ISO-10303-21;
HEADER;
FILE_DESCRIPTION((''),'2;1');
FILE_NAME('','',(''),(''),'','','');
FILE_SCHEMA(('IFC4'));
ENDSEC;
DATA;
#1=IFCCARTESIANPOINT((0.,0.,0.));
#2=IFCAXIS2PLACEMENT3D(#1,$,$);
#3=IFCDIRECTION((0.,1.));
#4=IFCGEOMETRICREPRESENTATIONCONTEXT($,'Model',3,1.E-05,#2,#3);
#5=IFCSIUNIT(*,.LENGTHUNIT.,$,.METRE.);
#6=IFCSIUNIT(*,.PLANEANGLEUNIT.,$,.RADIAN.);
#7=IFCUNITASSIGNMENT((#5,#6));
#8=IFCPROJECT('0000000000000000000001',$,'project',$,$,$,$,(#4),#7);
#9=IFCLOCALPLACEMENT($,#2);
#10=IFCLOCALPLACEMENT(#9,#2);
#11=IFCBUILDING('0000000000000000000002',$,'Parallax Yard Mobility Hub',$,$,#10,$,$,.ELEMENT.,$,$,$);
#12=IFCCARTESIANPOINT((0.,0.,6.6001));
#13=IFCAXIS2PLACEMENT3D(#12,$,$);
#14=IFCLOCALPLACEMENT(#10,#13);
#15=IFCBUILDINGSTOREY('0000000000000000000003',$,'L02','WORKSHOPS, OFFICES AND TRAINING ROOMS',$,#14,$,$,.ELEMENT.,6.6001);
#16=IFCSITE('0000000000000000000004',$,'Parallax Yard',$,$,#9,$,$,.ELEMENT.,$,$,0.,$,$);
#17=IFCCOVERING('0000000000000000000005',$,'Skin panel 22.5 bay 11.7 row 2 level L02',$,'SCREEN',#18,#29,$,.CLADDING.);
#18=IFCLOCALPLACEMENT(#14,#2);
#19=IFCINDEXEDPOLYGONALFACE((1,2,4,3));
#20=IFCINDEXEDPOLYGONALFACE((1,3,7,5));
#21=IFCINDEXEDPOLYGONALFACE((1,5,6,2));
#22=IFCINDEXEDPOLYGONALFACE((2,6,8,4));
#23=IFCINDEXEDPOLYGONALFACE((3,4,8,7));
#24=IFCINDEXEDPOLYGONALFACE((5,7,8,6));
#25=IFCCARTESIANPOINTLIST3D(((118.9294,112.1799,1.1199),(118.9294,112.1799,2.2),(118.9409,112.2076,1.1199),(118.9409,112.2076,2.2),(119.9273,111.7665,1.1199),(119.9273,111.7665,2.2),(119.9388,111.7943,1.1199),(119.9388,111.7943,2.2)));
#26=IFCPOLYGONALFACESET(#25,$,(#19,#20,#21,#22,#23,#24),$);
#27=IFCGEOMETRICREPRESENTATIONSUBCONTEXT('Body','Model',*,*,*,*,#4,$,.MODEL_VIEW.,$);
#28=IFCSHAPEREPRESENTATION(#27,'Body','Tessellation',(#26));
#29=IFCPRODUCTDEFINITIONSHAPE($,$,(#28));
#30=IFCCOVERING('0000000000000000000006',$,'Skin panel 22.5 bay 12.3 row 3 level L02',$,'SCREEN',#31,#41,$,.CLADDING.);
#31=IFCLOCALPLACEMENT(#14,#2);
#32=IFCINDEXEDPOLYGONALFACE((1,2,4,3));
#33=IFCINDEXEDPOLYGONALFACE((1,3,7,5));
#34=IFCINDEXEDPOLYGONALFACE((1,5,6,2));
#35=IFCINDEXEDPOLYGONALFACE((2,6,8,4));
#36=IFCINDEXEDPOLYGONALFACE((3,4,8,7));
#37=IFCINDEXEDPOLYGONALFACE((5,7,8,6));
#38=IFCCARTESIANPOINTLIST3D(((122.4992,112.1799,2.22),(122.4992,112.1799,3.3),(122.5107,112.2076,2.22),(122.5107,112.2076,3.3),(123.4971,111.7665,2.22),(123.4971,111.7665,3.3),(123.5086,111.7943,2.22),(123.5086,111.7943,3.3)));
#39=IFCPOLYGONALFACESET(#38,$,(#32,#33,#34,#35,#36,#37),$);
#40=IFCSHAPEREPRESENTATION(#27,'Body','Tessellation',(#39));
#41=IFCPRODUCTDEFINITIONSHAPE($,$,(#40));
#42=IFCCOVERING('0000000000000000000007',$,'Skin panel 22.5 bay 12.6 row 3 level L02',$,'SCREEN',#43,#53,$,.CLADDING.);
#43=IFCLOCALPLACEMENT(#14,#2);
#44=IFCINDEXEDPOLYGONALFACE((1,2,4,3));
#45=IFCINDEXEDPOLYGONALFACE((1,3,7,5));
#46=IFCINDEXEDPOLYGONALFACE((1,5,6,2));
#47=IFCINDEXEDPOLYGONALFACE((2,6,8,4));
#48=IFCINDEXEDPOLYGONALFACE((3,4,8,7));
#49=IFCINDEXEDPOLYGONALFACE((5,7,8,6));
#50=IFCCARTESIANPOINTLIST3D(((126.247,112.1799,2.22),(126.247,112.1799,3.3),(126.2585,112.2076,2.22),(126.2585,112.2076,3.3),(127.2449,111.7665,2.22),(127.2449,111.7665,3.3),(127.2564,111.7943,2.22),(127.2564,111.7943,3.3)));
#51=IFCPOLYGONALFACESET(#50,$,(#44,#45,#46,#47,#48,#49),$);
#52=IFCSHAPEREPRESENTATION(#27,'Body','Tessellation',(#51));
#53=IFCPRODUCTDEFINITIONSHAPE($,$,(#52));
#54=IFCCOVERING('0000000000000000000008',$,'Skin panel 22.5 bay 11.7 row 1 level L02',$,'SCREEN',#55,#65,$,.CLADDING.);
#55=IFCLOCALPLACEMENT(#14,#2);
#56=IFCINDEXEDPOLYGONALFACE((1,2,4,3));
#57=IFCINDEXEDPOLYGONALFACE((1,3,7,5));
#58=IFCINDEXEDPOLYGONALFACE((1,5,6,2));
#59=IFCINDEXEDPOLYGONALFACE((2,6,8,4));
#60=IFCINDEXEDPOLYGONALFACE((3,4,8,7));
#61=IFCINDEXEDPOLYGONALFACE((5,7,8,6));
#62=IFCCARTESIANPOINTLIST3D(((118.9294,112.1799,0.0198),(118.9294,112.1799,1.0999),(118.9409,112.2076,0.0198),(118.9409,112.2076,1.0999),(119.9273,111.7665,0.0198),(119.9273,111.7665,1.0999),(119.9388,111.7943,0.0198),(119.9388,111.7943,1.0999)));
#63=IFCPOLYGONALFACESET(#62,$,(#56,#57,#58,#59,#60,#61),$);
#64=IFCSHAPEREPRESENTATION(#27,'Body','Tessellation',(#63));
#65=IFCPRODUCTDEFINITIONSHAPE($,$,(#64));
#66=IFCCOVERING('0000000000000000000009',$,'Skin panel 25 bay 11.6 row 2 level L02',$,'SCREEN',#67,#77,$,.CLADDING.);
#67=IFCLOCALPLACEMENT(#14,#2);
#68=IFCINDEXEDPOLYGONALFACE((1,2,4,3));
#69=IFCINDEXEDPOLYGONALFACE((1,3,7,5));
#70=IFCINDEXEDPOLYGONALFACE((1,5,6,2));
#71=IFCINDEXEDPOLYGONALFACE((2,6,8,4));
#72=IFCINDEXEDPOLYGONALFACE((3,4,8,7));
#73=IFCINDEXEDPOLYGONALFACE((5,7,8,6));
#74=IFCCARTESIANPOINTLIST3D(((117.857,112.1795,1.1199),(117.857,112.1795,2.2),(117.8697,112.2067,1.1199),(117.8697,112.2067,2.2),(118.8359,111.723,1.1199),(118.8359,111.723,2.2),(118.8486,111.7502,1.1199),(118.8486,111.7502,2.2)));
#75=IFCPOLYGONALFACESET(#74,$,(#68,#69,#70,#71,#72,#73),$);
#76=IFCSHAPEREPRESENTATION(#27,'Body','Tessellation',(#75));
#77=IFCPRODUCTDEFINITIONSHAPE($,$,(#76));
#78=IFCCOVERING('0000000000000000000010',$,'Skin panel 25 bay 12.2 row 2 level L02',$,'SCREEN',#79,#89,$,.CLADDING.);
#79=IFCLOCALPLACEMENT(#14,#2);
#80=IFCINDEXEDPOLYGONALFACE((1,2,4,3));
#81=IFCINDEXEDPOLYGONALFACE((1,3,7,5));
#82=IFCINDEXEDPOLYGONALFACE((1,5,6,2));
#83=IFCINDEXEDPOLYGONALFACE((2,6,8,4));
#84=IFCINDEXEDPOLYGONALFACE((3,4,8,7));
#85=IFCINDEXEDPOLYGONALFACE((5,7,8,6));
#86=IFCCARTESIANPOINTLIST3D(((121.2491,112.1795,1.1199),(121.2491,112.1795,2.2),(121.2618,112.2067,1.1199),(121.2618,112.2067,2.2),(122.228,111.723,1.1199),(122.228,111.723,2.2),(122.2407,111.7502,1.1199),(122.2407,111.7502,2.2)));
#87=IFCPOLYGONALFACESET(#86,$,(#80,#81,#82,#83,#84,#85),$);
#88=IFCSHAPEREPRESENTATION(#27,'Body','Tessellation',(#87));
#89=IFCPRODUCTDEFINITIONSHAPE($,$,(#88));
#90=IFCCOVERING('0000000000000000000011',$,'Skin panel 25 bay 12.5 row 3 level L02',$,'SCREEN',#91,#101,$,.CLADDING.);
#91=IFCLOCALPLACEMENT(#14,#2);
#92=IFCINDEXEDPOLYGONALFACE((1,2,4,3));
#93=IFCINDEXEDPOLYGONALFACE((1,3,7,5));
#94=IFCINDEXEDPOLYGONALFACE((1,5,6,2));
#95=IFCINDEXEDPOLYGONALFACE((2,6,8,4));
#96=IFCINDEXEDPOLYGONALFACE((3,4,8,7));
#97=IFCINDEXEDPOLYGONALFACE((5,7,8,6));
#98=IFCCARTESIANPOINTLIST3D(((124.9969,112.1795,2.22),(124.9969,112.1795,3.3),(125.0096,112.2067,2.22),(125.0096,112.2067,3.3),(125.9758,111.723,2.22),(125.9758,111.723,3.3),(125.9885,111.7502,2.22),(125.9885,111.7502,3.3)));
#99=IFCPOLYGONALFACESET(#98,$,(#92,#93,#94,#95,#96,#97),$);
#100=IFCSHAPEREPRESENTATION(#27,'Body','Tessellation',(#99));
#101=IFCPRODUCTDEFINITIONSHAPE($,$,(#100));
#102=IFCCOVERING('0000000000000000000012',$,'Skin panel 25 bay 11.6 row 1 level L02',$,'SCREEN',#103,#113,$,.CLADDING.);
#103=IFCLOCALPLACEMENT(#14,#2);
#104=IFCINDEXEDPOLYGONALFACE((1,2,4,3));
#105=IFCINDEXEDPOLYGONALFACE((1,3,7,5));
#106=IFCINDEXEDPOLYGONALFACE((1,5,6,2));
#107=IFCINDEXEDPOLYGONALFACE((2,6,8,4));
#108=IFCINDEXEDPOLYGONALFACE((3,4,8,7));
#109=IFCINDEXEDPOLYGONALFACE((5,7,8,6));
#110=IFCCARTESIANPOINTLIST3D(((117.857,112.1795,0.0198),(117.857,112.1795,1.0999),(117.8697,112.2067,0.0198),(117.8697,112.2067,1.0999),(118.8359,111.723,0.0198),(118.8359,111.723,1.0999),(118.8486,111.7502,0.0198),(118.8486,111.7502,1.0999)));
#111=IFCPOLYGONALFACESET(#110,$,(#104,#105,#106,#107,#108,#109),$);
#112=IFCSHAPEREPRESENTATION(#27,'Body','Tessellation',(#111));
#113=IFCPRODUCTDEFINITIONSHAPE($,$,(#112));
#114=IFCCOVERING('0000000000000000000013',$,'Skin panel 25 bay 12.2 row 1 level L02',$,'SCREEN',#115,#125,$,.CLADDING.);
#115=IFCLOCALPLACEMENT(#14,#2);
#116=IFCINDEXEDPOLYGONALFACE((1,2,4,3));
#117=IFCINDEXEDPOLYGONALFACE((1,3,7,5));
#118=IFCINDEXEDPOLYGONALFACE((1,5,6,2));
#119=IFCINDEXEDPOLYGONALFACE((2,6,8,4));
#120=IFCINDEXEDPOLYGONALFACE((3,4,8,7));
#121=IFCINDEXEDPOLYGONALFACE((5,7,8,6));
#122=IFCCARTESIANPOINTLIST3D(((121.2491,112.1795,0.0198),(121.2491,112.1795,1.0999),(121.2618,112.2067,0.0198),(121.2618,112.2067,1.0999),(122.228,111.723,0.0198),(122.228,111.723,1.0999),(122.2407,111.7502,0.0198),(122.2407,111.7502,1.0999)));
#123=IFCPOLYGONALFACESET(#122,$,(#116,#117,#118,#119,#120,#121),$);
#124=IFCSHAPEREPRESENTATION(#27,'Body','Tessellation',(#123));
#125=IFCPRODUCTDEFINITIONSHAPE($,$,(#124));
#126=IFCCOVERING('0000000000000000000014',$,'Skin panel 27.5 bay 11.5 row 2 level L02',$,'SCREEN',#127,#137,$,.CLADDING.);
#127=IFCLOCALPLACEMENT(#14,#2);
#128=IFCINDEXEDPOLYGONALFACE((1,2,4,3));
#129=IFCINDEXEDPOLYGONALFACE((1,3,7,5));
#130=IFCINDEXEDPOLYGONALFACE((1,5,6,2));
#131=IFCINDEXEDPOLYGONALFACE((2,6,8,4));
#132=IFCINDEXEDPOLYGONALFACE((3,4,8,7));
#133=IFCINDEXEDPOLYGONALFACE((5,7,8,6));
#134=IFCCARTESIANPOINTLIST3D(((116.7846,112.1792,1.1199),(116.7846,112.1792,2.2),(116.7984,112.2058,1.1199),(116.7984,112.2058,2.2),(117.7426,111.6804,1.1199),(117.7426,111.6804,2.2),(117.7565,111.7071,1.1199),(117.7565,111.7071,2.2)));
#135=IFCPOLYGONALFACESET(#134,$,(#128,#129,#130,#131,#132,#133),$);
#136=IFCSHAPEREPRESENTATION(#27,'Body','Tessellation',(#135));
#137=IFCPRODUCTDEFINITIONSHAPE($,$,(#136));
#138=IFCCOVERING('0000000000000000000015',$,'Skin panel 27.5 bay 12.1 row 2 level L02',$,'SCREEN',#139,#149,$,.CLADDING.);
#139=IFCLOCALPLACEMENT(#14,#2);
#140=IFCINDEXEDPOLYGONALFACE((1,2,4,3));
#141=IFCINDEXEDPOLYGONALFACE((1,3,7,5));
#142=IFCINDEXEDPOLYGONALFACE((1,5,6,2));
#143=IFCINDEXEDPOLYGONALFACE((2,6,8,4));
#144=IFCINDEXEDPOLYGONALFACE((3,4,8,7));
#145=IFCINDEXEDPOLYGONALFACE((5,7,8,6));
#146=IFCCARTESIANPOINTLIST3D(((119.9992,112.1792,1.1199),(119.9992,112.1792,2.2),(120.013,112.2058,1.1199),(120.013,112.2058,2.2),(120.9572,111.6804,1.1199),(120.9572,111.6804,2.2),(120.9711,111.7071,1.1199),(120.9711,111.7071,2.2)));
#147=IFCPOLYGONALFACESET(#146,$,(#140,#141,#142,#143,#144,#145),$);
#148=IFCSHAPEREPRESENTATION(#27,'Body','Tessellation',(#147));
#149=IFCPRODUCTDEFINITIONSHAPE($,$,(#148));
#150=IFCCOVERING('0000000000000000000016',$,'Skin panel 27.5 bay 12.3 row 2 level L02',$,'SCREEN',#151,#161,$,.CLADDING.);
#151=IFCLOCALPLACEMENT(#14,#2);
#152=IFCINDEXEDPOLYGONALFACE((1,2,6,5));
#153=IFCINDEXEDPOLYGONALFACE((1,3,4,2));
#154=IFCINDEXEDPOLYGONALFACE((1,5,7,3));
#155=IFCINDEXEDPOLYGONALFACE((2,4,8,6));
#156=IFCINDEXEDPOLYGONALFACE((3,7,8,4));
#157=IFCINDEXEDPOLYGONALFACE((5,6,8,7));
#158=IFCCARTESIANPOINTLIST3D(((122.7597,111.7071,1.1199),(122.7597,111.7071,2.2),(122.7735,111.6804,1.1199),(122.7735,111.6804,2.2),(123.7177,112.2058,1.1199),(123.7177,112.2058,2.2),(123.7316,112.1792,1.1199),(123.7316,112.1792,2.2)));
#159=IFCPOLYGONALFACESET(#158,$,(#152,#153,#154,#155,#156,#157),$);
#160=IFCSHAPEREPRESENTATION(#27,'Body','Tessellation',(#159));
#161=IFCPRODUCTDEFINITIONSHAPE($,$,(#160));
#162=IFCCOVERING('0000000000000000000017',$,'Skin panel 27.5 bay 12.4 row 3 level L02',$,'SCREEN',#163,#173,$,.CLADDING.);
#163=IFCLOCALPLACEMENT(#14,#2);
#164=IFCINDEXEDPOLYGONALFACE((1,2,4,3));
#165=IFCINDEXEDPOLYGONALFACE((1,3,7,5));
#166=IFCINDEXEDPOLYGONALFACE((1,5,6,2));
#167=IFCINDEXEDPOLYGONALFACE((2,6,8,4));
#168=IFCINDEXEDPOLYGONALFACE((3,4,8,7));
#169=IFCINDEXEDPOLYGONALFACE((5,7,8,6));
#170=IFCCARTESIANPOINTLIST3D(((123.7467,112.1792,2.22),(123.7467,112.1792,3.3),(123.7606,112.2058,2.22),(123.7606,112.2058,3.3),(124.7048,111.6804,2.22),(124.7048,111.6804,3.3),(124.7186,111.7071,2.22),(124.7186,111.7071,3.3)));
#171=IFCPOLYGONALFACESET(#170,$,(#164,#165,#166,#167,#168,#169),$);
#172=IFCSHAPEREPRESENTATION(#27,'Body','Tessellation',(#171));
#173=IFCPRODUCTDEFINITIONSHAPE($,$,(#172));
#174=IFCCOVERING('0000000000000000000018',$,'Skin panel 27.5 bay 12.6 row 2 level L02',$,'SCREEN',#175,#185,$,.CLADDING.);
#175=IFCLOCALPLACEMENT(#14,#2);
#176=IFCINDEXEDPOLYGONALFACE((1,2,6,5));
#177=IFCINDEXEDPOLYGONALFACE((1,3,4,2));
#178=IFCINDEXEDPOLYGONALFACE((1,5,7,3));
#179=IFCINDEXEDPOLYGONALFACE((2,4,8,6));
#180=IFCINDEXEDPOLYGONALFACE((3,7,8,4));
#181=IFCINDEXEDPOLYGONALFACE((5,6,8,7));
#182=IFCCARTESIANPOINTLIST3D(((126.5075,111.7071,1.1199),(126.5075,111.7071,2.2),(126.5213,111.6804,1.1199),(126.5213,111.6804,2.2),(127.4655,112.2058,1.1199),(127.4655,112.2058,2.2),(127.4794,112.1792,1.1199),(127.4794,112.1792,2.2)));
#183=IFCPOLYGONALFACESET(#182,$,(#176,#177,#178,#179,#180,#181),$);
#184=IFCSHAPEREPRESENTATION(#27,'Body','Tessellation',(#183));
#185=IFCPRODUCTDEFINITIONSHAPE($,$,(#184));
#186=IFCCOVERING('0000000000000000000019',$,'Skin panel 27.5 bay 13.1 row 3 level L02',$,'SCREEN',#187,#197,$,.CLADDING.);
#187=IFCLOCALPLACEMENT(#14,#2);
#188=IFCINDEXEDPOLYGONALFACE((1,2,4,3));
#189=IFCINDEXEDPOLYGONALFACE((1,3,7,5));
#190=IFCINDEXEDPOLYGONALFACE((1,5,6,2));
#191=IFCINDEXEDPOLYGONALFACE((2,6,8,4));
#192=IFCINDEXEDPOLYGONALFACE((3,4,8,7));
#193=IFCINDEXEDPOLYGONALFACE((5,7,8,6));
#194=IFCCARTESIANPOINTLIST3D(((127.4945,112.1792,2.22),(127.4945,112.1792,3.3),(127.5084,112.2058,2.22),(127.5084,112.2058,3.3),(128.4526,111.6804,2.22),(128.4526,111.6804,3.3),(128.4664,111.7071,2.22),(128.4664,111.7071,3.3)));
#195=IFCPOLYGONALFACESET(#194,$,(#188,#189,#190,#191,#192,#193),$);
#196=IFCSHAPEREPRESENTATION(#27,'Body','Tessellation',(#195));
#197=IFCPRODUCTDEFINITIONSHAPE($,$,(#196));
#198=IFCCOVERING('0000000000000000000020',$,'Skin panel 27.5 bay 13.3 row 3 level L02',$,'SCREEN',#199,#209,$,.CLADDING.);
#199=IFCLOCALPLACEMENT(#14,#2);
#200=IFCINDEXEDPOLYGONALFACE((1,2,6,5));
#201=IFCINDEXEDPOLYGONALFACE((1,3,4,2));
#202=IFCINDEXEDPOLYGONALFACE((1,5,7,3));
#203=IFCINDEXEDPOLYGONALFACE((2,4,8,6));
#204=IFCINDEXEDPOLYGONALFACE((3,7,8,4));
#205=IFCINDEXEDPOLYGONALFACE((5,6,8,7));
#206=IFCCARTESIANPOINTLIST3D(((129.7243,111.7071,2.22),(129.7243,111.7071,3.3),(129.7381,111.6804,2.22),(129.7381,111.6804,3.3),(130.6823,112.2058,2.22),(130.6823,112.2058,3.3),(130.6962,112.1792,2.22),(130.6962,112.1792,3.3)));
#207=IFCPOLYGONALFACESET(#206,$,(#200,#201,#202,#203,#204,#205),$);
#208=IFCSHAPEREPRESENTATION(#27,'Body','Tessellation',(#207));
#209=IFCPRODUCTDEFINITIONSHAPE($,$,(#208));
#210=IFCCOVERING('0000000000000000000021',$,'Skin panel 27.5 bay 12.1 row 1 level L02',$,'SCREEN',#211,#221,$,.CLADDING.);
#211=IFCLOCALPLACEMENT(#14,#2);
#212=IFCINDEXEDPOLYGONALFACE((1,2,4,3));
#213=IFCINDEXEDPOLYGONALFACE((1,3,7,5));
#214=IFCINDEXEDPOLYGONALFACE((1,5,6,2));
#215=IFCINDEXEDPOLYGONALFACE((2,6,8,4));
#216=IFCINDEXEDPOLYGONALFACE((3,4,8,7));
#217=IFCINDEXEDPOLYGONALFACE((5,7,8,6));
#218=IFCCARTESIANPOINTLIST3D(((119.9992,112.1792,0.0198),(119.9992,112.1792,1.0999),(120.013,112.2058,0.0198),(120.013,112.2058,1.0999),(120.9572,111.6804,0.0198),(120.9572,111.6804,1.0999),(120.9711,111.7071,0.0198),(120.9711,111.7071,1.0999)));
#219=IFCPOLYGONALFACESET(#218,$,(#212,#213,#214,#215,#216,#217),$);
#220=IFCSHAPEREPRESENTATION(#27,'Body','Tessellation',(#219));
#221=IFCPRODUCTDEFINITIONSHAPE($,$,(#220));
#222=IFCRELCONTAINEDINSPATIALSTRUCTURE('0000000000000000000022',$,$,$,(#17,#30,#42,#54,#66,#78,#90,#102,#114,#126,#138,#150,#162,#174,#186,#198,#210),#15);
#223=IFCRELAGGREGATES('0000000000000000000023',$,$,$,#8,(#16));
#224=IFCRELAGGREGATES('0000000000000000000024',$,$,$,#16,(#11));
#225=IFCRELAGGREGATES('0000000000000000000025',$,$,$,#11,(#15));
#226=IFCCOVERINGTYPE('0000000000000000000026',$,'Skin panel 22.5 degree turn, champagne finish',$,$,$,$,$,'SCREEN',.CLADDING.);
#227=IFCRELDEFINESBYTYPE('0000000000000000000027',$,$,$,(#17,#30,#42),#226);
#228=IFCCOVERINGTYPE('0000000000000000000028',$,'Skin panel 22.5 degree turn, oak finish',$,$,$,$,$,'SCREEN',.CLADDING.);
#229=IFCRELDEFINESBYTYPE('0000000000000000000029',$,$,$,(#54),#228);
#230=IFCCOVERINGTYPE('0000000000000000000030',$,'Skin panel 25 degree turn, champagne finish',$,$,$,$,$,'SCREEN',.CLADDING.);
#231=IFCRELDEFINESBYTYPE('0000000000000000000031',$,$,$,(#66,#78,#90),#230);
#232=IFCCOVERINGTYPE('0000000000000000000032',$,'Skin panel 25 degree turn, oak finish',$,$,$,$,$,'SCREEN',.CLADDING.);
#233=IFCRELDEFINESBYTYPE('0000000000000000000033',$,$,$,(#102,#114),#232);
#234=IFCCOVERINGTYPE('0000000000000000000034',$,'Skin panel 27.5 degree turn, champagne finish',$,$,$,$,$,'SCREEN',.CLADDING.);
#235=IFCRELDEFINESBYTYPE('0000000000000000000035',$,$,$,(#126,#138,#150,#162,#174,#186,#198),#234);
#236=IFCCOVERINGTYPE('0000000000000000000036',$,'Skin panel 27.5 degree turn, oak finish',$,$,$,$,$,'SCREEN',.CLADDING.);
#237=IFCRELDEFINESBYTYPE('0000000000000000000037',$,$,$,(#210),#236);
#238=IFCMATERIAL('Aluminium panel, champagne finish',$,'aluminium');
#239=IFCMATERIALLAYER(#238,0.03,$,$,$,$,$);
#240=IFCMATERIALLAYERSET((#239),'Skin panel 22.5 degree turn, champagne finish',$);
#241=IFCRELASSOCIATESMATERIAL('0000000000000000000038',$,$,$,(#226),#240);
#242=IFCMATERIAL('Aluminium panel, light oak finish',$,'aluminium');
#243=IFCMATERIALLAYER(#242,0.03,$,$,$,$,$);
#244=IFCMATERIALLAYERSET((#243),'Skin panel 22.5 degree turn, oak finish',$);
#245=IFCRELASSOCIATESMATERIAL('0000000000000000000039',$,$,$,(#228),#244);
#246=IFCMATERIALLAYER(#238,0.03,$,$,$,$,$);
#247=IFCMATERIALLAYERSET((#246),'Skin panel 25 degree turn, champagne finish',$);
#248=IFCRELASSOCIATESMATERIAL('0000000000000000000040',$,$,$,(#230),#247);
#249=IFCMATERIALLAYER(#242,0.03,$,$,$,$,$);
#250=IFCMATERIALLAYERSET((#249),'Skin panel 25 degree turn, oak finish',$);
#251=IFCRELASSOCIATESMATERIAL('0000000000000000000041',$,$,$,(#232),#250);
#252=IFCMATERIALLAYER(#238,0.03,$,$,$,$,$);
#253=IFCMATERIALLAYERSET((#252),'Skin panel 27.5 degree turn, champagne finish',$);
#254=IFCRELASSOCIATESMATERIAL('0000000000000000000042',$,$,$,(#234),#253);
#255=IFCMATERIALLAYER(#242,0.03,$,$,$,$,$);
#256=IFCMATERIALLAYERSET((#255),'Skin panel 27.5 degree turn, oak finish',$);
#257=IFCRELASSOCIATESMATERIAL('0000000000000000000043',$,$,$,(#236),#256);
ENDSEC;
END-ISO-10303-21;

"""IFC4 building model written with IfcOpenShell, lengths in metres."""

from ifc_helpers import new_model, si_unit, direction, frame, origin, origin_2d, place, context, subcontext, project, spatial, rectangle, extrude, material, layer, layer_set, type_object, element, save


model = new_model("IFC4")

# Units and contexts
model_context = context("Model", 3, precision=1e-05, world=origin(), true_north=direction((0.0, 1.0)))
body_context = subcontext(model_context, "Body", "Model", "MODEL_VIEW")
ifc_project = project(units=[si_unit("LENGTHUNIT", "METRE"), si_unit("PLANEANGLEUNIT", "RADIAN")], contexts=[model_context])

# Site, building, storey
site_placement = place(None, origin())
site = spatial("IfcSite", under=ifc_project, at=site_placement, Name="Parallax Yard", CompositionType="ELEMENT", RefElevation=0.0)
building_placement = place(site_placement, origin())
building = spatial("IfcBuilding", under=site, at=building_placement, Name="Parallax Yard Mobility Hub", CompositionType="ELEMENT")
storey_placement = place(building_placement, frame((0.0, 0.0, 6.6001)))
storey = spatial("IfcBuildingStorey", under=building, at=storey_placement, Name="L02", Description="WORKSHOPS, OFFICES AND TRAINING ROOMS", CompositionType="ELEMENT", Elevation=6.6001)

# Coverings
ifc_material_1 = material(Name="Aluminium panel, champagne finish", Category="aluminium")
ifc_layer_1 = layer(ifc_material_1, 0.03)
ifc_layer_set_1 = layer_set([ifc_layer_1], Name="Skin panel 22.5 degree turn, champagne finish")
covering_type_1 = type_object("IfcCoveringType", Name="Skin panel 22.5 degree turn, champagne finish", ElementType="SCREEN", PredefinedType="CLADDING", material=ifc_layer_set_1)
for number, where, z_axis, x_axis, name in (
    (1, (119.4341, 111.9871, 1.1199), (0.0, 0.0, 1.0), (0.92388, -0.382683, 0.0), "Skin panel 22.5 bay 11.7 row 2 level L02"),
    (2, (123.0039, 111.9871, 2.22), (0.0, 0.0, 1.0), (0.92388, -0.382683, 0.0), "Skin panel 22.5 bay 12.3 row 3 level L02"),
    (3, (126.7517, 111.9871, 2.22), (0.0, 0.0, 1.0), (0.92388, -0.382683, 0.0), "Skin panel 22.5 bay 12.6 row 3 level L02"),
):
    element("IfcCovering", number, at=place(storey_placement, frame(where, z_axis=z_axis, x_axis=x_axis)), inside=storey, type_object=covering_type_1, Name=name, ObjectType="SCREEN", PredefinedType="CLADDING", context=body_context, shape_type="SweptSolid", body=[
        extrude(rectangle(XDim=1.0801, YDim=0.03, at=origin_2d()), origin(), (0.0, 0.0, 1.0), 1.0801),
    ])
ifc_material_2 = material(Name="Aluminium panel, light oak finish", Category="aluminium")
ifc_layer_2 = layer(ifc_material_2, 0.03)
ifc_layer_set_2 = layer_set([ifc_layer_2], Name="Skin panel 22.5 degree turn, oak finish")
covering_type_2 = type_object("IfcCoveringType", Name="Skin panel 22.5 degree turn, oak finish", ElementType="SCREEN", PredefinedType="CLADDING", material=ifc_layer_set_2)
covering_placement = place(storey_placement, frame((119.4341, 111.9871, 0.0198), z_axis=(0.0, 0.0, 1.0), x_axis=(0.92388, -0.382683, 0.0)))
element("IfcCovering", 4, at=covering_placement, inside=storey, type_object=covering_type_2, Name="Skin panel 22.5 bay 11.7 row 1 level L02", ObjectType="SCREEN", PredefinedType="CLADDING", context=body_context, shape_type="SweptSolid", body=[
    extrude(rectangle(XDim=1.0801, YDim=0.03, at=origin_2d()), origin(), (0.0, 0.0, 1.0), 1.0801),
])
ifc_layer_3 = layer(ifc_material_1, 0.03)
ifc_layer_set_3 = layer_set([ifc_layer_3], Name="Skin panel 25 degree turn, champagne finish")
covering_type_3 = type_object("IfcCoveringType", Name="Skin panel 25 degree turn, champagne finish", ElementType="SCREEN", PredefinedType="CLADDING", material=ifc_layer_set_3)
for number, where, z_axis, x_axis, name in (
    (5, (118.3528, 111.9648, 1.1199), (0.0, 0.0, 1.0), (0.906308, -0.422618, 0.0), "Skin panel 25 bay 11.6 row 2 level L02"),
    (6, (121.7449, 111.9648, 1.1199), (0.0, 0.0, 1.0), (0.906308, -0.422618, 0.0), "Skin panel 25 bay 12.2 row 2 level L02"),
    (7, (125.4927, 111.9648, 2.22), (0.0, 0.0, 1.0), (0.906308, -0.422618, 0.0), "Skin panel 25 bay 12.5 row 3 level L02"),
):
    element("IfcCovering", number, at=place(storey_placement, frame(where, z_axis=z_axis, x_axis=x_axis)), inside=storey, type_object=covering_type_3, Name=name, ObjectType="SCREEN", PredefinedType="CLADDING", context=body_context, shape_type="SweptSolid", body=[
        extrude(rectangle(XDim=1.0801, YDim=0.03, at=origin_2d()), origin(), (0.0, 0.0, 1.0), 1.0801),
    ])
ifc_layer_4 = layer(ifc_material_2, 0.03)
ifc_layer_set_4 = layer_set([ifc_layer_4], Name="Skin panel 25 degree turn, oak finish")
covering_type_4 = type_object("IfcCoveringType", Name="Skin panel 25 degree turn, oak finish", ElementType="SCREEN", PredefinedType="CLADDING", material=ifc_layer_set_4)
for number, where, z_axis, x_axis, name in (
    (8, (118.3528, 111.9648, 0.0198), (0.0, 0.0, 1.0), (0.906308, -0.422618, 0.0), "Skin panel 25 bay 11.6 row 1 level L02"),
    (9, (121.7449, 111.9648, 0.0198), (0.0, 0.0, 1.0), (0.906308, -0.422618, 0.0), "Skin panel 25 bay 12.2 row 1 level L02"),
):
    element("IfcCovering", number, at=place(storey_placement, frame(where, z_axis=z_axis, x_axis=x_axis)), inside=storey, type_object=covering_type_4, Name=name, ObjectType="SCREEN", PredefinedType="CLADDING", context=body_context, shape_type="SweptSolid", body=[
        extrude(rectangle(XDim=1.0801, YDim=0.03, at=origin_2d()), origin(), (0.0, 0.0, 1.0), 1.0801),
    ])
ifc_layer_5 = layer(ifc_material_1, 0.03)
ifc_layer_set_5 = layer_set([ifc_layer_5], Name="Skin panel 27.5 degree turn, champagne finish")
covering_type_5 = type_object("IfcCoveringType", Name="Skin panel 27.5 degree turn, champagne finish", ElementType="SCREEN", PredefinedType="CLADDING", material=ifc_layer_set_5)
for number, where, z_axis, x_axis, name in (
    (10, (117.2705, 111.9431, 1.1199), (0.0, 0.0, 1.0), (0.887011, -0.461749, 0.0), "Skin panel 27.5 bay 11.5 row 2 level L02"),
    (11, (120.4851, 111.9431, 1.1199), (0.0, 0.0, 1.0), (0.887011, -0.461749, 0.0), "Skin panel 27.5 bay 12.1 row 2 level L02"),
    (12, (123.2456, 111.9431, 1.1199), (0.0, 0.0, 1.0), (-0.887011, -0.461749, 0.0), "Skin panel 27.5 bay 12.3 row 2 level L02"),
    (13, (124.2327, 111.9431, 2.22), (0.0, 0.0, 1.0), (0.887011, -0.461749, 0.0), "Skin panel 27.5 bay 12.4 row 3 level L02"),
    (14, (126.9934, 111.9431, 1.1199), (0.0, 0.0, 1.0), (-0.887011, -0.461749, 0.0), "Skin panel 27.5 bay 12.6 row 2 level L02"),
    (15, (127.9805, 111.9431, 2.22), (0.0, 0.0, 1.0), (0.887011, -0.461749, 0.0), "Skin panel 27.5 bay 13.1 row 3 level L02"),
    (16, (130.2102, 111.9431, 2.22), (0.0, 0.0, 1.0), (-0.887011, -0.461749, 0.0), "Skin panel 27.5 bay 13.3 row 3 level L02"),
):
    element("IfcCovering", number, at=place(storey_placement, frame(where, z_axis=z_axis, x_axis=x_axis)), inside=storey, type_object=covering_type_5, Name=name, ObjectType="SCREEN", PredefinedType="CLADDING", context=body_context, shape_type="SweptSolid", body=[
        extrude(rectangle(XDim=1.0801, YDim=0.03, at=origin_2d()), origin(), (0.0, 0.0, 1.0), 1.0801),
    ])
ifc_layer_6 = layer(ifc_material_2, 0.03)
ifc_layer_set_6 = layer_set([ifc_layer_6], Name="Skin panel 27.5 degree turn, oak finish")
covering_type_6 = type_object("IfcCoveringType", Name="Skin panel 27.5 degree turn, oak finish", ElementType="SCREEN", PredefinedType="CLADDING", material=ifc_layer_set_6)
for number, where, z_axis, x_axis, name in (
    (17, (120.4851, 111.9431, 0.0198), (0.0, 0.0, 1.0), (0.887011, -0.461749, 0.0), "Skin panel 27.5 bay 12.1 row 1 level L02"),
):
    element("IfcCovering", number, at=place(storey_placement, frame(where, z_axis=z_axis, x_axis=x_axis)), inside=storey, type_object=covering_type_6, Name=name, ObjectType="SCREEN", PredefinedType="CLADDING", context=body_context, shape_type="SweptSolid", body=[
        extrude(rectangle(XDim=1.0801, YDim=0.03, at=origin_2d()), origin(), (0.0, 0.0, 1.0), 1.0801),
    ])

save(model, "model.ifc")
